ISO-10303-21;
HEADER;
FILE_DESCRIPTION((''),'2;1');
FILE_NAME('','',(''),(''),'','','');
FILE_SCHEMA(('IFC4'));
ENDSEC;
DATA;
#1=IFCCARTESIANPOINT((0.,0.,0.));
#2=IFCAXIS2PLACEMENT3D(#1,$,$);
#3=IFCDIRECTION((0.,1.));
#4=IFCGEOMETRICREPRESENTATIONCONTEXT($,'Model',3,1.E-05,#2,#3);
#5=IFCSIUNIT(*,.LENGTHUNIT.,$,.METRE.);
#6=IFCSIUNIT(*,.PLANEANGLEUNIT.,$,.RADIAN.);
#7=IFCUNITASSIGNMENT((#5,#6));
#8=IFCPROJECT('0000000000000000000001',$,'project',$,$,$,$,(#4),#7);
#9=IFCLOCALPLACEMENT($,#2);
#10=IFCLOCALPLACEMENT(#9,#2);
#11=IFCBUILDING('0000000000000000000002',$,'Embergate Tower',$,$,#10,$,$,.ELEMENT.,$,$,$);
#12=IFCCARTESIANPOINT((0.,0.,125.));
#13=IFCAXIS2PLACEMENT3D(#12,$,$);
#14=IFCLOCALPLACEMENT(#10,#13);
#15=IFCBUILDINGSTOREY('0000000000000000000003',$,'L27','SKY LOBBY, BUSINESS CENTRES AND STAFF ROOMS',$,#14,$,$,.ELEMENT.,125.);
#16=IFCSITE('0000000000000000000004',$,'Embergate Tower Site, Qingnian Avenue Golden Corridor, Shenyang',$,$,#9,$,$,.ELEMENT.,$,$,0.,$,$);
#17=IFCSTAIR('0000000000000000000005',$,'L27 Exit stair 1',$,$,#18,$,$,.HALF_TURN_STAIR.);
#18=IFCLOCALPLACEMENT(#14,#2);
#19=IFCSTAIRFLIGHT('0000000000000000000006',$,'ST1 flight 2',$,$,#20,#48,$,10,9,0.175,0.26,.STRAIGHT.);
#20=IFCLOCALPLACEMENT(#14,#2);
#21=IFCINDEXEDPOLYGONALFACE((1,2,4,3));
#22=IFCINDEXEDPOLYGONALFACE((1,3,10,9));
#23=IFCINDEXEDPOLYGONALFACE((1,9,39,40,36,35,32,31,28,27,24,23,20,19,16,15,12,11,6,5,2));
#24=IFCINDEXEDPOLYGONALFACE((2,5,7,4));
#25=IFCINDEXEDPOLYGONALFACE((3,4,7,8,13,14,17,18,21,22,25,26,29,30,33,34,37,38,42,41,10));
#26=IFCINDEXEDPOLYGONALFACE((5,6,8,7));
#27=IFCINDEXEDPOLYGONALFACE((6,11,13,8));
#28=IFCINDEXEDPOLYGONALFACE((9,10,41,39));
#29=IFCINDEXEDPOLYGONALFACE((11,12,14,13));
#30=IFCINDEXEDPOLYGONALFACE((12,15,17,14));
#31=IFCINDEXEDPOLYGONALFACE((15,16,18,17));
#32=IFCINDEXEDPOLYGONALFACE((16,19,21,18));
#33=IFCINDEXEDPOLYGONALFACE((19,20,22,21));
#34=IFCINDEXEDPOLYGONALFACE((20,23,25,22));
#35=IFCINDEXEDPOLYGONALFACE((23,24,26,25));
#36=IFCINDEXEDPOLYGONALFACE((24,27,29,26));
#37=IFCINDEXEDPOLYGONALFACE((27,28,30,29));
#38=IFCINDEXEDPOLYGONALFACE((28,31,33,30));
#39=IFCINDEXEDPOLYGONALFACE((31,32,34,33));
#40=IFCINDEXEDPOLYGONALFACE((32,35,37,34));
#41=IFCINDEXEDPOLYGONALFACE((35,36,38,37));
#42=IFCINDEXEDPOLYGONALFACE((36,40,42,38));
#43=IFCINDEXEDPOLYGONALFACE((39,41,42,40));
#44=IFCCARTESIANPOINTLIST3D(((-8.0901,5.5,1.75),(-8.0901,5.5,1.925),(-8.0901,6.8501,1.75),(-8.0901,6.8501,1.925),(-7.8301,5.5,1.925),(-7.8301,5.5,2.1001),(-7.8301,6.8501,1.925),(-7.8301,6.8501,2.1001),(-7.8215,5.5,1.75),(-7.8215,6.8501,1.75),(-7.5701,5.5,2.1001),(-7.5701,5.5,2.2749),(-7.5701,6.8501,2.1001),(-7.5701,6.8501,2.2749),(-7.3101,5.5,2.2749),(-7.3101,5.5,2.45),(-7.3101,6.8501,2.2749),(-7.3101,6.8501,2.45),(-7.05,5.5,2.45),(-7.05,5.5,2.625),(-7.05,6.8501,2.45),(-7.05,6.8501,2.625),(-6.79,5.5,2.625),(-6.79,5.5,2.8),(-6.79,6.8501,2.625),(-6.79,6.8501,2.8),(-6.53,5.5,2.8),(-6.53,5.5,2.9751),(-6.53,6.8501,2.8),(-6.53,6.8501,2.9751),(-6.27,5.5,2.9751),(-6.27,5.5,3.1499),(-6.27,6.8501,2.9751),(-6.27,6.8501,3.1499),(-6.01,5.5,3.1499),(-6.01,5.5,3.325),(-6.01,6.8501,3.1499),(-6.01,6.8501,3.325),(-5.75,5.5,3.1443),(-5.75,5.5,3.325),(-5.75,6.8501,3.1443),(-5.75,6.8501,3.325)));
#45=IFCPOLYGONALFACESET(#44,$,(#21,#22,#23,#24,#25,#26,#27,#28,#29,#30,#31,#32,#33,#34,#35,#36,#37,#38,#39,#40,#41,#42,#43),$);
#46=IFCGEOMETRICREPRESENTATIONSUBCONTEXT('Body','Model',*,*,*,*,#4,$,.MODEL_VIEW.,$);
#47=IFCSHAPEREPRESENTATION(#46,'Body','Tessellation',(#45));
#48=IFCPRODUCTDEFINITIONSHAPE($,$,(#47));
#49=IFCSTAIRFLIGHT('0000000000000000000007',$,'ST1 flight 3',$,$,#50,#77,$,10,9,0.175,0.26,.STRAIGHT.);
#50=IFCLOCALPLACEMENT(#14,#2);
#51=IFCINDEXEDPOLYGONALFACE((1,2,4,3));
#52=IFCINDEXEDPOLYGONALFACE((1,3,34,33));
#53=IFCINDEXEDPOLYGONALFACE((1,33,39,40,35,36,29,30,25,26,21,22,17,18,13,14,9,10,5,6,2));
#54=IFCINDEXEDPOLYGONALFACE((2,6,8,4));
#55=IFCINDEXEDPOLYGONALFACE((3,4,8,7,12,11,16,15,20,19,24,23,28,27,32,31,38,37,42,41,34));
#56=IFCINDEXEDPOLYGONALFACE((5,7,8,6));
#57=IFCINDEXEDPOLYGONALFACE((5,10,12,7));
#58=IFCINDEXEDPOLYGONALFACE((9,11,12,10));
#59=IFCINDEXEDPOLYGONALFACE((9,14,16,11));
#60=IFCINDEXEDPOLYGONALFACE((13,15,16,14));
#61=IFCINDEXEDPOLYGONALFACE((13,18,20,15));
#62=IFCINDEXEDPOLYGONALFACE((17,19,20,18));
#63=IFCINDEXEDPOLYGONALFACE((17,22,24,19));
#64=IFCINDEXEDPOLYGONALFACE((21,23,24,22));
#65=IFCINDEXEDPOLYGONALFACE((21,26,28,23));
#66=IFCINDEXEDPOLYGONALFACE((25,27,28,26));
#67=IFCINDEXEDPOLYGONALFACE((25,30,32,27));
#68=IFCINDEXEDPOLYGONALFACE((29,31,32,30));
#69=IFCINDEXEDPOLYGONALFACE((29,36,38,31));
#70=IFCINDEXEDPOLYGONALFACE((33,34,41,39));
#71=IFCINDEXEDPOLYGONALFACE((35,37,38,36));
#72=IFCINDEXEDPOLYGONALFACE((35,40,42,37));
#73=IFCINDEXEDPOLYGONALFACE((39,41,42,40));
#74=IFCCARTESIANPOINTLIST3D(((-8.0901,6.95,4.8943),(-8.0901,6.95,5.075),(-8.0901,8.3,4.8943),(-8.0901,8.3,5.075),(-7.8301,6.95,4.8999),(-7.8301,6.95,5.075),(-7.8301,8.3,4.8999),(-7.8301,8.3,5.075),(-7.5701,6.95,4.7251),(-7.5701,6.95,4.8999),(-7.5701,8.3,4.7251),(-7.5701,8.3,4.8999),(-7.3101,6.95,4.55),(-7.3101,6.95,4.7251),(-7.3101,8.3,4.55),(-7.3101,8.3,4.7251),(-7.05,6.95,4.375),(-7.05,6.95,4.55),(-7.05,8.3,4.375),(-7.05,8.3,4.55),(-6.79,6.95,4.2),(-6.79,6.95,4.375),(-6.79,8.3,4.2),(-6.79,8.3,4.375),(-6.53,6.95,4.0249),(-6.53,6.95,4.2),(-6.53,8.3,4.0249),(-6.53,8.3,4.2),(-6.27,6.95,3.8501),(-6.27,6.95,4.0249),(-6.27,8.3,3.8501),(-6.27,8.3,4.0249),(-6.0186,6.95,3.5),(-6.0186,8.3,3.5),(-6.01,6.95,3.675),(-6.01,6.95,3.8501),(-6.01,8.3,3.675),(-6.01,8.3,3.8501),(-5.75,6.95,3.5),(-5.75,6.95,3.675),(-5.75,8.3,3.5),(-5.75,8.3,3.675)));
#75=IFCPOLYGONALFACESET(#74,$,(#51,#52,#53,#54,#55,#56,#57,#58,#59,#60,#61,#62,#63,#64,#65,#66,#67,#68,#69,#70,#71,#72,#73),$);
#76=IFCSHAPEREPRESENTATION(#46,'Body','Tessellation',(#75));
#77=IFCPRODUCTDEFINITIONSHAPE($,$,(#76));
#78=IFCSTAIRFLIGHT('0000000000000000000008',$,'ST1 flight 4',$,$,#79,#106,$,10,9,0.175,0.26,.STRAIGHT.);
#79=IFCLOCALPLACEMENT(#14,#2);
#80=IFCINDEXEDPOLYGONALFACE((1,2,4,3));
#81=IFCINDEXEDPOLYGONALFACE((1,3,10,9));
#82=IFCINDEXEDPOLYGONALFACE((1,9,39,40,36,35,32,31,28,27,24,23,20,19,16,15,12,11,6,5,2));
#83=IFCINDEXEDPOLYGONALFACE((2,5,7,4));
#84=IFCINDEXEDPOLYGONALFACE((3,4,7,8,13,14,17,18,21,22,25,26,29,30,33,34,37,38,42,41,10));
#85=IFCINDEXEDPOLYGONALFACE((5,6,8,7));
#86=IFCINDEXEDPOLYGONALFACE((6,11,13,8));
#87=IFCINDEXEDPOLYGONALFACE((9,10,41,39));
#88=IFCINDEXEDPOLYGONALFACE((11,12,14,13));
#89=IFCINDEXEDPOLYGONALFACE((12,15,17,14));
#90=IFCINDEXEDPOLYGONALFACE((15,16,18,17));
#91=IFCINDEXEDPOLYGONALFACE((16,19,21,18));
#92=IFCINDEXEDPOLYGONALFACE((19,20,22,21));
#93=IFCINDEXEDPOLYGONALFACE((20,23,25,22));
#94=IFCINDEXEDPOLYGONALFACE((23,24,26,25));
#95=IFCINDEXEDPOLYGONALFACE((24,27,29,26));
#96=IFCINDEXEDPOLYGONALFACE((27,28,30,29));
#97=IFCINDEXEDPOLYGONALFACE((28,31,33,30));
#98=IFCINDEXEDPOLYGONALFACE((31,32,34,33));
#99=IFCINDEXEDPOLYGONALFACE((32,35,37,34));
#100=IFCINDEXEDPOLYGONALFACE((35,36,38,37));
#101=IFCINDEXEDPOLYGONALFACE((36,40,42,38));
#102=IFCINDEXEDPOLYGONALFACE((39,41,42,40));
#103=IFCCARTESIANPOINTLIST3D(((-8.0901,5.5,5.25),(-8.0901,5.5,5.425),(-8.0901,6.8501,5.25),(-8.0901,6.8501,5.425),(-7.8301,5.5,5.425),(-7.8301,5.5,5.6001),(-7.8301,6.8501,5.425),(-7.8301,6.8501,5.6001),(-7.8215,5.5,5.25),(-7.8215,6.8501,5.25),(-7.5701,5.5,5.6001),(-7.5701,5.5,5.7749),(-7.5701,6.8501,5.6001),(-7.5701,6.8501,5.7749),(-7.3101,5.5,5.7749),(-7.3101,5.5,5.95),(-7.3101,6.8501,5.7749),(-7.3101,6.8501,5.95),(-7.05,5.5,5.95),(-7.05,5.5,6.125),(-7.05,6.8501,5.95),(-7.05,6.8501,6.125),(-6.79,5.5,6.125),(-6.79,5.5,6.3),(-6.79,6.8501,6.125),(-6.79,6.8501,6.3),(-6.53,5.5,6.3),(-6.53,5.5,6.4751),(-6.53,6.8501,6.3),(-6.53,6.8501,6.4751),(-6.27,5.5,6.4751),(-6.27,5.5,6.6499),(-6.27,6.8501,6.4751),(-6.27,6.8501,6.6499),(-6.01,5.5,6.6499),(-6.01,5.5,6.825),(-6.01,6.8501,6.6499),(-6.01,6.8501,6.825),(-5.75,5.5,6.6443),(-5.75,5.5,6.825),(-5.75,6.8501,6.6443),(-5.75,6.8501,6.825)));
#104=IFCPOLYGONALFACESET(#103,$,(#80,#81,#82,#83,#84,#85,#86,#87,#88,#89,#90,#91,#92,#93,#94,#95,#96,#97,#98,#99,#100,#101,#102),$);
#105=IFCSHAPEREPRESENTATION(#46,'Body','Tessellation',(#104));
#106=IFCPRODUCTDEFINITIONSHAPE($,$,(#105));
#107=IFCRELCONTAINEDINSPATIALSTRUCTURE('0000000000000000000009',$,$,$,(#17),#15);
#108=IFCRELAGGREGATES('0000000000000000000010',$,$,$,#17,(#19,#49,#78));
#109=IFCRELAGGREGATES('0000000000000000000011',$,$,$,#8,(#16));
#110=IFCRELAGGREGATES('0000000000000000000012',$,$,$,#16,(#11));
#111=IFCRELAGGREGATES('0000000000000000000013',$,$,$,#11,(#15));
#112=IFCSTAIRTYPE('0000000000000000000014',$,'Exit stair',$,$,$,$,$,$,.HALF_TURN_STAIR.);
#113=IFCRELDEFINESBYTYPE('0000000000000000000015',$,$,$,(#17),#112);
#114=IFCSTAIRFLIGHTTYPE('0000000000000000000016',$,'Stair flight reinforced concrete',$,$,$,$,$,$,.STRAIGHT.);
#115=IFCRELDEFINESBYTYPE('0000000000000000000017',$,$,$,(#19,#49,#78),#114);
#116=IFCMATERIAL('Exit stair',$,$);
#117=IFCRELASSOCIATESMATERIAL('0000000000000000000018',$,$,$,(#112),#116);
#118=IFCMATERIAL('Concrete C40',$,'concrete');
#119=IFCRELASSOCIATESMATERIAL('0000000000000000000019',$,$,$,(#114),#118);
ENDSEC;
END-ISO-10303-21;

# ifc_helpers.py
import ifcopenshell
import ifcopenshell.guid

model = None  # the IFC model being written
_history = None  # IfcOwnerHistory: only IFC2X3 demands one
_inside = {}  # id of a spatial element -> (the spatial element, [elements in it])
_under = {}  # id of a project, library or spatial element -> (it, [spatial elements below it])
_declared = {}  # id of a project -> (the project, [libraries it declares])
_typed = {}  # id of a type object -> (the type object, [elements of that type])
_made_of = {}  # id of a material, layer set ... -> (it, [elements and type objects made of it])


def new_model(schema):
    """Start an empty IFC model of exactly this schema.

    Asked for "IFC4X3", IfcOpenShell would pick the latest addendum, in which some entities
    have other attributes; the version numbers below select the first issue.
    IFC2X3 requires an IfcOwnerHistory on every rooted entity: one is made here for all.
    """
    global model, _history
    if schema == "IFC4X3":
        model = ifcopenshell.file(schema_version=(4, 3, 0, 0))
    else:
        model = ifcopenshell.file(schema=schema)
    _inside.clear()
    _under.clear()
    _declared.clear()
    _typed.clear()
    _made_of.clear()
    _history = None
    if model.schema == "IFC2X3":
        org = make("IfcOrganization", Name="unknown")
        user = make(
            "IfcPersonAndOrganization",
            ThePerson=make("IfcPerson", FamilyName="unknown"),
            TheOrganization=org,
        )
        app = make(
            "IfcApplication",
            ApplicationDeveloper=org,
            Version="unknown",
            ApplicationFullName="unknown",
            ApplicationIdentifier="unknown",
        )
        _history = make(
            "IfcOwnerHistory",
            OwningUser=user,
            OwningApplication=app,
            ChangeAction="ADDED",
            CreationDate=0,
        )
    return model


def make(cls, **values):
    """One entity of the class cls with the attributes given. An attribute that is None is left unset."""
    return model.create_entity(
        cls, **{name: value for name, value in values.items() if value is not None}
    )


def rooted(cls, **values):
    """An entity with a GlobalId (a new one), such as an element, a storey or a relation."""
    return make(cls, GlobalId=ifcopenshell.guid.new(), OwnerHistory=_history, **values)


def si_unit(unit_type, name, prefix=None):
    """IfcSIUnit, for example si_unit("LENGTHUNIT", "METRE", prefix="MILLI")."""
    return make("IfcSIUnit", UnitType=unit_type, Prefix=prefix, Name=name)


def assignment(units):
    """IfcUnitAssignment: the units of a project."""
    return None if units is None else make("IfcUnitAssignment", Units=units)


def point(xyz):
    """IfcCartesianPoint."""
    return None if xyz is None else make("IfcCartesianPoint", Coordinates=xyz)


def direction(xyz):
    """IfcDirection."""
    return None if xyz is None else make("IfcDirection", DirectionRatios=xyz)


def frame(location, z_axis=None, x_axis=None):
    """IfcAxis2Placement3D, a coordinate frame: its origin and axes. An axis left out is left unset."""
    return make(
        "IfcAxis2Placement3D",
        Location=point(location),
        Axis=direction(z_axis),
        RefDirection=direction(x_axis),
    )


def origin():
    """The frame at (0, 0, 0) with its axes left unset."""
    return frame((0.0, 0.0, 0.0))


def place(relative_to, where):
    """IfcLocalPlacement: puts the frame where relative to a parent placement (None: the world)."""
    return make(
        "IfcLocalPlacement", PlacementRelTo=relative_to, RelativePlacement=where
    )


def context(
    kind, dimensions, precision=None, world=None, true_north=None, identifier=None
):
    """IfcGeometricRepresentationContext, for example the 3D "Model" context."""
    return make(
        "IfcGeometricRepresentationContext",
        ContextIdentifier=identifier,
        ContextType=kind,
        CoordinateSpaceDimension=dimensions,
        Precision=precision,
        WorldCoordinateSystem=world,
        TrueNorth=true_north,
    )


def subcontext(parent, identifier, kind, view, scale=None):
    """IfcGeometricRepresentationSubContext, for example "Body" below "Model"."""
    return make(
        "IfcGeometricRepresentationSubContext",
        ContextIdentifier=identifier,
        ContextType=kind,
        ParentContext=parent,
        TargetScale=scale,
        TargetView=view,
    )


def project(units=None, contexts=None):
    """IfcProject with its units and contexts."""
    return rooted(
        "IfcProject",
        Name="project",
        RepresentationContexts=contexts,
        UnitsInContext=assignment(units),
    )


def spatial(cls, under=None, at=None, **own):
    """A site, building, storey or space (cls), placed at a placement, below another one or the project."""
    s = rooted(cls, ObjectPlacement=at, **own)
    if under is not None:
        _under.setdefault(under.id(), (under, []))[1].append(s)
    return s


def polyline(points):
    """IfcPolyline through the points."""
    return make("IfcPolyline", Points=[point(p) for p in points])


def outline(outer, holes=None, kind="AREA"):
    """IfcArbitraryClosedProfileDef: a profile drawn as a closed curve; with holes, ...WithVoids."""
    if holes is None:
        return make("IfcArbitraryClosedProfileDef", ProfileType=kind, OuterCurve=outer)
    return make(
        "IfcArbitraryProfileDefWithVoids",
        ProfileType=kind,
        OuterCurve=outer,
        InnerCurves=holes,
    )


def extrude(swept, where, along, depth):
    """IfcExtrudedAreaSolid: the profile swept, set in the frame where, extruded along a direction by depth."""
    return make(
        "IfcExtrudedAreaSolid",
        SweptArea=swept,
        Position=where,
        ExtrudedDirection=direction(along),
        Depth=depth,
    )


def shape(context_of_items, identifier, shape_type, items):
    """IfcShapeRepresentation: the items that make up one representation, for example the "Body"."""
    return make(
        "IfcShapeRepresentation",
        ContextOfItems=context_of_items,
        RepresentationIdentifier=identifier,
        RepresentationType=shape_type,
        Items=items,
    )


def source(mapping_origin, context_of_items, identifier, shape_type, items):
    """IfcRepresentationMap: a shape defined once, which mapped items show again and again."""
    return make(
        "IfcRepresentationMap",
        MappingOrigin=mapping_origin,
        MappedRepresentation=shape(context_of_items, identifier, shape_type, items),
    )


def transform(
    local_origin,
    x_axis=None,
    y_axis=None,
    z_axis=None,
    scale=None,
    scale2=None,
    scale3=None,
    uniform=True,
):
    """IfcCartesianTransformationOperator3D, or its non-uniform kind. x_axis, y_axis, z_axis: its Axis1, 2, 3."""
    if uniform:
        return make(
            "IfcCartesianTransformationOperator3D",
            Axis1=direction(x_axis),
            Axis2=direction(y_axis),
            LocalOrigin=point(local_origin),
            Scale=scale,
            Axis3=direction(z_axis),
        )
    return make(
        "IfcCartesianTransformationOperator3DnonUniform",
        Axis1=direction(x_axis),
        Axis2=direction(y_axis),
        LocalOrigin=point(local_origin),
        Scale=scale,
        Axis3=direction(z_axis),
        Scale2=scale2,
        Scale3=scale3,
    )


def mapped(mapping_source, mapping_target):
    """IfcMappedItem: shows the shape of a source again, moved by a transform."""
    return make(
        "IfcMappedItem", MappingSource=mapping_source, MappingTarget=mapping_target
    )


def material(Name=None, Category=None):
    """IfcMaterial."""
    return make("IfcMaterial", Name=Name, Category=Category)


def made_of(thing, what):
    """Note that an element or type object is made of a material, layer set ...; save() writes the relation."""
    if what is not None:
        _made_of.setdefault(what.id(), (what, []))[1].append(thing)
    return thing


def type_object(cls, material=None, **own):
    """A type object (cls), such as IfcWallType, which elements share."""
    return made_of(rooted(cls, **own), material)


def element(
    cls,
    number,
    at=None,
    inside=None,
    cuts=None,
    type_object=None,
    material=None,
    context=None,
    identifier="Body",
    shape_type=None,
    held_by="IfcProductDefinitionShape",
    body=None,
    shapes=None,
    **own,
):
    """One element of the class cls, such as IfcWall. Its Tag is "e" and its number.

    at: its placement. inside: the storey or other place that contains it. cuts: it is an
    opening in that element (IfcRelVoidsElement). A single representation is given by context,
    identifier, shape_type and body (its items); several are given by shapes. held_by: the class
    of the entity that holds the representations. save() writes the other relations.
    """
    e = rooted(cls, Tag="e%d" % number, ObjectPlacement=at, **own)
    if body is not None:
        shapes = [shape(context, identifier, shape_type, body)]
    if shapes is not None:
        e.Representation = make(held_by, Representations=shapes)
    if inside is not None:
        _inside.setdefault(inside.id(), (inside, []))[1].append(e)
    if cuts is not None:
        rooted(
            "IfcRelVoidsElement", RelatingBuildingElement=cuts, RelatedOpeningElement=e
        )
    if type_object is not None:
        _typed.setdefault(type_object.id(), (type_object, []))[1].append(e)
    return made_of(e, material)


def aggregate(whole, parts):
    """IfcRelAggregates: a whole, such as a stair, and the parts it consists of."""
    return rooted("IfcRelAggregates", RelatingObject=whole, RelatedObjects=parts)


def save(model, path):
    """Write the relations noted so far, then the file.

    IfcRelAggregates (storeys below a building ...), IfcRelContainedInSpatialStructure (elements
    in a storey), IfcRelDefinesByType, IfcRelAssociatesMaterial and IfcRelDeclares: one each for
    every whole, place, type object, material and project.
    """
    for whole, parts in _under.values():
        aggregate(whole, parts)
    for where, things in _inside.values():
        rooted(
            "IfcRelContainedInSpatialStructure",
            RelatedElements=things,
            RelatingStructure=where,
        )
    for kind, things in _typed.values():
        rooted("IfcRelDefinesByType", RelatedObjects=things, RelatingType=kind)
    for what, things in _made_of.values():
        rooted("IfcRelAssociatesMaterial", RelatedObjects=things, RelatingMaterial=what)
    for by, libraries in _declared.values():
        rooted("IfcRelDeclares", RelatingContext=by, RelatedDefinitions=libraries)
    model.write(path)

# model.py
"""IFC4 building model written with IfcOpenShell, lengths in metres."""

from ifc_helpers import new_model, si_unit, direction, frame, origin, place, context, subcontext, project, spatial, polyline, outline, extrude, source, transform, mapped, material, type_object, element, aggregate, save


model = new_model("IFC4")

# Units and contexts
model_context = context("Model", 3, precision=1e-05, world=origin(), true_north=direction((0.0, 1.0)))
body_context = subcontext(model_context, "Body", "Model", "MODEL_VIEW")
ifc_project = project(units=[si_unit("LENGTHUNIT", "METRE"), si_unit("PLANEANGLEUNIT", "RADIAN")], contexts=[model_context])

# Site, building, storey
site_placement = place(None, origin())
site = spatial("IfcSite", under=ifc_project, at=site_placement, Name="Embergate Tower Site, Qingnian Avenue Golden Corridor, Shenyang", CompositionType="ELEMENT", RefElevation=0.0)
building_placement = place(site_placement, origin())
building = spatial("IfcBuilding", under=site, at=building_placement, Name="Embergate Tower", CompositionType="ELEMENT")
storey_placement = place(building_placement, frame((0.0, 0.0, 125.0)))
storey = spatial("IfcBuildingStorey", under=building, at=storey_placement, Name="L27", Description="SKY LOBBY, BUSINESS CENTRES AND STAFF ROOMS", CompositionType="ELEMENT", Elevation=125.0)

# Stair, stair flights
ifc_material_1 = material(Name="Exit stair")
stair_type = type_object("IfcStairType", Name="Exit stair", PredefinedType="HALF_TURN_STAIR", material=ifc_material_1)
stair_placement = place(storey_placement, origin())
stair = element("IfcStair", 1, at=stair_placement, inside=storey, type_object=stair_type, Name="L27 Exit stair 1", PredefinedType="HALF_TURN_STAIR")
ifc_material_2 = material(Name="Concrete C40", Category="concrete")
stair_flight_type = type_object("IfcStairFlightType", Name="Stair flight reinforced concrete", PredefinedType="STRAIGHT", material=ifc_material_2)
shared_shape_1 = source(origin(), body_context, "Body", "SweptSolid", [
    extrude(outline(polyline([(0.0, 0.0), (0.0, 0.175), (0.26, 0.175), (0.26, 0.3501), (0.52, 0.3501), (0.52, 0.5249), (0.78, 0.5249), (0.78, 0.7), (1.04, 0.7), (1.04, 0.875), (1.3, 0.875), (1.3, 1.05), (1.5601, 1.05), (1.5601, 1.2251), (1.8201, 1.2251), (1.8201, 1.3999), (2.0801, 1.3999), (2.0801, 1.575), (2.3401, 1.575), (2.3401, 1.75), (2.3401, 1.3943), (0.2686, 0.0), (0.0, 0.0)])), frame((0.0, 0.675, 0.0), z_axis=(0.0, -1.0, 0.0), x_axis=(1.0, 0.0, 0.0)), (0.0, 0.0, 1.0), 1.3501),
])
stair_flight_1_placement = place(storey_placement, frame((-8.0901, 6.175, 1.75), z_axis=(0.0, 0.0, 1.0), x_axis=(1.0, 0.0, 0.0)))
stair_flight_1 = element("IfcStairFlight", 2, at=stair_flight_1_placement, type_object=stair_flight_type, Name="ST1 flight 2", NumberOfRisers=10, NumberOfTreads=9, PredefinedType="STRAIGHT", RiserHeight=0.175, TreadLength=0.26, context=body_context, shape_type="MappedRepresentation", body=[
    mapped(shared_shape_1, transform((0.0, 0.0, 0.0))),
])
stair_flight_2_placement = place(storey_placement, frame((-5.75, 7.625, 3.5), z_axis=(0.0, 0.0, 1.0), x_axis=(-1.0, 0.0, 0.0)))
stair_flight_2 = element("IfcStairFlight", 3, at=stair_flight_2_placement, type_object=stair_flight_type, Name="ST1 flight 3", NumberOfRisers=10, NumberOfTreads=9, PredefinedType="STRAIGHT", RiserHeight=0.175, TreadLength=0.26, context=body_context, shape_type="MappedRepresentation", body=[
    mapped(shared_shape_1, transform((0.0, 0.0, 0.0))),
])
stair_flight_3_placement = place(storey_placement, frame((-8.0901, 6.175, 5.25), z_axis=(0.0, 0.0, 1.0), x_axis=(1.0, 0.0, 0.0)))
stair_flight_3 = element("IfcStairFlight", 4, at=stair_flight_3_placement, type_object=stair_flight_type, Name="ST1 flight 4", NumberOfRisers=10, NumberOfTreads=9, PredefinedType="STRAIGHT", RiserHeight=0.175, TreadLength=0.26, context=body_context, shape_type="MappedRepresentation", body=[
    mapped(shared_shape_1, transform((0.0, 0.0, 0.0))),
])
aggregate(stair, [stair_flight_1, stair_flight_2, stair_flight_3])

save(model, "model.ifc")
